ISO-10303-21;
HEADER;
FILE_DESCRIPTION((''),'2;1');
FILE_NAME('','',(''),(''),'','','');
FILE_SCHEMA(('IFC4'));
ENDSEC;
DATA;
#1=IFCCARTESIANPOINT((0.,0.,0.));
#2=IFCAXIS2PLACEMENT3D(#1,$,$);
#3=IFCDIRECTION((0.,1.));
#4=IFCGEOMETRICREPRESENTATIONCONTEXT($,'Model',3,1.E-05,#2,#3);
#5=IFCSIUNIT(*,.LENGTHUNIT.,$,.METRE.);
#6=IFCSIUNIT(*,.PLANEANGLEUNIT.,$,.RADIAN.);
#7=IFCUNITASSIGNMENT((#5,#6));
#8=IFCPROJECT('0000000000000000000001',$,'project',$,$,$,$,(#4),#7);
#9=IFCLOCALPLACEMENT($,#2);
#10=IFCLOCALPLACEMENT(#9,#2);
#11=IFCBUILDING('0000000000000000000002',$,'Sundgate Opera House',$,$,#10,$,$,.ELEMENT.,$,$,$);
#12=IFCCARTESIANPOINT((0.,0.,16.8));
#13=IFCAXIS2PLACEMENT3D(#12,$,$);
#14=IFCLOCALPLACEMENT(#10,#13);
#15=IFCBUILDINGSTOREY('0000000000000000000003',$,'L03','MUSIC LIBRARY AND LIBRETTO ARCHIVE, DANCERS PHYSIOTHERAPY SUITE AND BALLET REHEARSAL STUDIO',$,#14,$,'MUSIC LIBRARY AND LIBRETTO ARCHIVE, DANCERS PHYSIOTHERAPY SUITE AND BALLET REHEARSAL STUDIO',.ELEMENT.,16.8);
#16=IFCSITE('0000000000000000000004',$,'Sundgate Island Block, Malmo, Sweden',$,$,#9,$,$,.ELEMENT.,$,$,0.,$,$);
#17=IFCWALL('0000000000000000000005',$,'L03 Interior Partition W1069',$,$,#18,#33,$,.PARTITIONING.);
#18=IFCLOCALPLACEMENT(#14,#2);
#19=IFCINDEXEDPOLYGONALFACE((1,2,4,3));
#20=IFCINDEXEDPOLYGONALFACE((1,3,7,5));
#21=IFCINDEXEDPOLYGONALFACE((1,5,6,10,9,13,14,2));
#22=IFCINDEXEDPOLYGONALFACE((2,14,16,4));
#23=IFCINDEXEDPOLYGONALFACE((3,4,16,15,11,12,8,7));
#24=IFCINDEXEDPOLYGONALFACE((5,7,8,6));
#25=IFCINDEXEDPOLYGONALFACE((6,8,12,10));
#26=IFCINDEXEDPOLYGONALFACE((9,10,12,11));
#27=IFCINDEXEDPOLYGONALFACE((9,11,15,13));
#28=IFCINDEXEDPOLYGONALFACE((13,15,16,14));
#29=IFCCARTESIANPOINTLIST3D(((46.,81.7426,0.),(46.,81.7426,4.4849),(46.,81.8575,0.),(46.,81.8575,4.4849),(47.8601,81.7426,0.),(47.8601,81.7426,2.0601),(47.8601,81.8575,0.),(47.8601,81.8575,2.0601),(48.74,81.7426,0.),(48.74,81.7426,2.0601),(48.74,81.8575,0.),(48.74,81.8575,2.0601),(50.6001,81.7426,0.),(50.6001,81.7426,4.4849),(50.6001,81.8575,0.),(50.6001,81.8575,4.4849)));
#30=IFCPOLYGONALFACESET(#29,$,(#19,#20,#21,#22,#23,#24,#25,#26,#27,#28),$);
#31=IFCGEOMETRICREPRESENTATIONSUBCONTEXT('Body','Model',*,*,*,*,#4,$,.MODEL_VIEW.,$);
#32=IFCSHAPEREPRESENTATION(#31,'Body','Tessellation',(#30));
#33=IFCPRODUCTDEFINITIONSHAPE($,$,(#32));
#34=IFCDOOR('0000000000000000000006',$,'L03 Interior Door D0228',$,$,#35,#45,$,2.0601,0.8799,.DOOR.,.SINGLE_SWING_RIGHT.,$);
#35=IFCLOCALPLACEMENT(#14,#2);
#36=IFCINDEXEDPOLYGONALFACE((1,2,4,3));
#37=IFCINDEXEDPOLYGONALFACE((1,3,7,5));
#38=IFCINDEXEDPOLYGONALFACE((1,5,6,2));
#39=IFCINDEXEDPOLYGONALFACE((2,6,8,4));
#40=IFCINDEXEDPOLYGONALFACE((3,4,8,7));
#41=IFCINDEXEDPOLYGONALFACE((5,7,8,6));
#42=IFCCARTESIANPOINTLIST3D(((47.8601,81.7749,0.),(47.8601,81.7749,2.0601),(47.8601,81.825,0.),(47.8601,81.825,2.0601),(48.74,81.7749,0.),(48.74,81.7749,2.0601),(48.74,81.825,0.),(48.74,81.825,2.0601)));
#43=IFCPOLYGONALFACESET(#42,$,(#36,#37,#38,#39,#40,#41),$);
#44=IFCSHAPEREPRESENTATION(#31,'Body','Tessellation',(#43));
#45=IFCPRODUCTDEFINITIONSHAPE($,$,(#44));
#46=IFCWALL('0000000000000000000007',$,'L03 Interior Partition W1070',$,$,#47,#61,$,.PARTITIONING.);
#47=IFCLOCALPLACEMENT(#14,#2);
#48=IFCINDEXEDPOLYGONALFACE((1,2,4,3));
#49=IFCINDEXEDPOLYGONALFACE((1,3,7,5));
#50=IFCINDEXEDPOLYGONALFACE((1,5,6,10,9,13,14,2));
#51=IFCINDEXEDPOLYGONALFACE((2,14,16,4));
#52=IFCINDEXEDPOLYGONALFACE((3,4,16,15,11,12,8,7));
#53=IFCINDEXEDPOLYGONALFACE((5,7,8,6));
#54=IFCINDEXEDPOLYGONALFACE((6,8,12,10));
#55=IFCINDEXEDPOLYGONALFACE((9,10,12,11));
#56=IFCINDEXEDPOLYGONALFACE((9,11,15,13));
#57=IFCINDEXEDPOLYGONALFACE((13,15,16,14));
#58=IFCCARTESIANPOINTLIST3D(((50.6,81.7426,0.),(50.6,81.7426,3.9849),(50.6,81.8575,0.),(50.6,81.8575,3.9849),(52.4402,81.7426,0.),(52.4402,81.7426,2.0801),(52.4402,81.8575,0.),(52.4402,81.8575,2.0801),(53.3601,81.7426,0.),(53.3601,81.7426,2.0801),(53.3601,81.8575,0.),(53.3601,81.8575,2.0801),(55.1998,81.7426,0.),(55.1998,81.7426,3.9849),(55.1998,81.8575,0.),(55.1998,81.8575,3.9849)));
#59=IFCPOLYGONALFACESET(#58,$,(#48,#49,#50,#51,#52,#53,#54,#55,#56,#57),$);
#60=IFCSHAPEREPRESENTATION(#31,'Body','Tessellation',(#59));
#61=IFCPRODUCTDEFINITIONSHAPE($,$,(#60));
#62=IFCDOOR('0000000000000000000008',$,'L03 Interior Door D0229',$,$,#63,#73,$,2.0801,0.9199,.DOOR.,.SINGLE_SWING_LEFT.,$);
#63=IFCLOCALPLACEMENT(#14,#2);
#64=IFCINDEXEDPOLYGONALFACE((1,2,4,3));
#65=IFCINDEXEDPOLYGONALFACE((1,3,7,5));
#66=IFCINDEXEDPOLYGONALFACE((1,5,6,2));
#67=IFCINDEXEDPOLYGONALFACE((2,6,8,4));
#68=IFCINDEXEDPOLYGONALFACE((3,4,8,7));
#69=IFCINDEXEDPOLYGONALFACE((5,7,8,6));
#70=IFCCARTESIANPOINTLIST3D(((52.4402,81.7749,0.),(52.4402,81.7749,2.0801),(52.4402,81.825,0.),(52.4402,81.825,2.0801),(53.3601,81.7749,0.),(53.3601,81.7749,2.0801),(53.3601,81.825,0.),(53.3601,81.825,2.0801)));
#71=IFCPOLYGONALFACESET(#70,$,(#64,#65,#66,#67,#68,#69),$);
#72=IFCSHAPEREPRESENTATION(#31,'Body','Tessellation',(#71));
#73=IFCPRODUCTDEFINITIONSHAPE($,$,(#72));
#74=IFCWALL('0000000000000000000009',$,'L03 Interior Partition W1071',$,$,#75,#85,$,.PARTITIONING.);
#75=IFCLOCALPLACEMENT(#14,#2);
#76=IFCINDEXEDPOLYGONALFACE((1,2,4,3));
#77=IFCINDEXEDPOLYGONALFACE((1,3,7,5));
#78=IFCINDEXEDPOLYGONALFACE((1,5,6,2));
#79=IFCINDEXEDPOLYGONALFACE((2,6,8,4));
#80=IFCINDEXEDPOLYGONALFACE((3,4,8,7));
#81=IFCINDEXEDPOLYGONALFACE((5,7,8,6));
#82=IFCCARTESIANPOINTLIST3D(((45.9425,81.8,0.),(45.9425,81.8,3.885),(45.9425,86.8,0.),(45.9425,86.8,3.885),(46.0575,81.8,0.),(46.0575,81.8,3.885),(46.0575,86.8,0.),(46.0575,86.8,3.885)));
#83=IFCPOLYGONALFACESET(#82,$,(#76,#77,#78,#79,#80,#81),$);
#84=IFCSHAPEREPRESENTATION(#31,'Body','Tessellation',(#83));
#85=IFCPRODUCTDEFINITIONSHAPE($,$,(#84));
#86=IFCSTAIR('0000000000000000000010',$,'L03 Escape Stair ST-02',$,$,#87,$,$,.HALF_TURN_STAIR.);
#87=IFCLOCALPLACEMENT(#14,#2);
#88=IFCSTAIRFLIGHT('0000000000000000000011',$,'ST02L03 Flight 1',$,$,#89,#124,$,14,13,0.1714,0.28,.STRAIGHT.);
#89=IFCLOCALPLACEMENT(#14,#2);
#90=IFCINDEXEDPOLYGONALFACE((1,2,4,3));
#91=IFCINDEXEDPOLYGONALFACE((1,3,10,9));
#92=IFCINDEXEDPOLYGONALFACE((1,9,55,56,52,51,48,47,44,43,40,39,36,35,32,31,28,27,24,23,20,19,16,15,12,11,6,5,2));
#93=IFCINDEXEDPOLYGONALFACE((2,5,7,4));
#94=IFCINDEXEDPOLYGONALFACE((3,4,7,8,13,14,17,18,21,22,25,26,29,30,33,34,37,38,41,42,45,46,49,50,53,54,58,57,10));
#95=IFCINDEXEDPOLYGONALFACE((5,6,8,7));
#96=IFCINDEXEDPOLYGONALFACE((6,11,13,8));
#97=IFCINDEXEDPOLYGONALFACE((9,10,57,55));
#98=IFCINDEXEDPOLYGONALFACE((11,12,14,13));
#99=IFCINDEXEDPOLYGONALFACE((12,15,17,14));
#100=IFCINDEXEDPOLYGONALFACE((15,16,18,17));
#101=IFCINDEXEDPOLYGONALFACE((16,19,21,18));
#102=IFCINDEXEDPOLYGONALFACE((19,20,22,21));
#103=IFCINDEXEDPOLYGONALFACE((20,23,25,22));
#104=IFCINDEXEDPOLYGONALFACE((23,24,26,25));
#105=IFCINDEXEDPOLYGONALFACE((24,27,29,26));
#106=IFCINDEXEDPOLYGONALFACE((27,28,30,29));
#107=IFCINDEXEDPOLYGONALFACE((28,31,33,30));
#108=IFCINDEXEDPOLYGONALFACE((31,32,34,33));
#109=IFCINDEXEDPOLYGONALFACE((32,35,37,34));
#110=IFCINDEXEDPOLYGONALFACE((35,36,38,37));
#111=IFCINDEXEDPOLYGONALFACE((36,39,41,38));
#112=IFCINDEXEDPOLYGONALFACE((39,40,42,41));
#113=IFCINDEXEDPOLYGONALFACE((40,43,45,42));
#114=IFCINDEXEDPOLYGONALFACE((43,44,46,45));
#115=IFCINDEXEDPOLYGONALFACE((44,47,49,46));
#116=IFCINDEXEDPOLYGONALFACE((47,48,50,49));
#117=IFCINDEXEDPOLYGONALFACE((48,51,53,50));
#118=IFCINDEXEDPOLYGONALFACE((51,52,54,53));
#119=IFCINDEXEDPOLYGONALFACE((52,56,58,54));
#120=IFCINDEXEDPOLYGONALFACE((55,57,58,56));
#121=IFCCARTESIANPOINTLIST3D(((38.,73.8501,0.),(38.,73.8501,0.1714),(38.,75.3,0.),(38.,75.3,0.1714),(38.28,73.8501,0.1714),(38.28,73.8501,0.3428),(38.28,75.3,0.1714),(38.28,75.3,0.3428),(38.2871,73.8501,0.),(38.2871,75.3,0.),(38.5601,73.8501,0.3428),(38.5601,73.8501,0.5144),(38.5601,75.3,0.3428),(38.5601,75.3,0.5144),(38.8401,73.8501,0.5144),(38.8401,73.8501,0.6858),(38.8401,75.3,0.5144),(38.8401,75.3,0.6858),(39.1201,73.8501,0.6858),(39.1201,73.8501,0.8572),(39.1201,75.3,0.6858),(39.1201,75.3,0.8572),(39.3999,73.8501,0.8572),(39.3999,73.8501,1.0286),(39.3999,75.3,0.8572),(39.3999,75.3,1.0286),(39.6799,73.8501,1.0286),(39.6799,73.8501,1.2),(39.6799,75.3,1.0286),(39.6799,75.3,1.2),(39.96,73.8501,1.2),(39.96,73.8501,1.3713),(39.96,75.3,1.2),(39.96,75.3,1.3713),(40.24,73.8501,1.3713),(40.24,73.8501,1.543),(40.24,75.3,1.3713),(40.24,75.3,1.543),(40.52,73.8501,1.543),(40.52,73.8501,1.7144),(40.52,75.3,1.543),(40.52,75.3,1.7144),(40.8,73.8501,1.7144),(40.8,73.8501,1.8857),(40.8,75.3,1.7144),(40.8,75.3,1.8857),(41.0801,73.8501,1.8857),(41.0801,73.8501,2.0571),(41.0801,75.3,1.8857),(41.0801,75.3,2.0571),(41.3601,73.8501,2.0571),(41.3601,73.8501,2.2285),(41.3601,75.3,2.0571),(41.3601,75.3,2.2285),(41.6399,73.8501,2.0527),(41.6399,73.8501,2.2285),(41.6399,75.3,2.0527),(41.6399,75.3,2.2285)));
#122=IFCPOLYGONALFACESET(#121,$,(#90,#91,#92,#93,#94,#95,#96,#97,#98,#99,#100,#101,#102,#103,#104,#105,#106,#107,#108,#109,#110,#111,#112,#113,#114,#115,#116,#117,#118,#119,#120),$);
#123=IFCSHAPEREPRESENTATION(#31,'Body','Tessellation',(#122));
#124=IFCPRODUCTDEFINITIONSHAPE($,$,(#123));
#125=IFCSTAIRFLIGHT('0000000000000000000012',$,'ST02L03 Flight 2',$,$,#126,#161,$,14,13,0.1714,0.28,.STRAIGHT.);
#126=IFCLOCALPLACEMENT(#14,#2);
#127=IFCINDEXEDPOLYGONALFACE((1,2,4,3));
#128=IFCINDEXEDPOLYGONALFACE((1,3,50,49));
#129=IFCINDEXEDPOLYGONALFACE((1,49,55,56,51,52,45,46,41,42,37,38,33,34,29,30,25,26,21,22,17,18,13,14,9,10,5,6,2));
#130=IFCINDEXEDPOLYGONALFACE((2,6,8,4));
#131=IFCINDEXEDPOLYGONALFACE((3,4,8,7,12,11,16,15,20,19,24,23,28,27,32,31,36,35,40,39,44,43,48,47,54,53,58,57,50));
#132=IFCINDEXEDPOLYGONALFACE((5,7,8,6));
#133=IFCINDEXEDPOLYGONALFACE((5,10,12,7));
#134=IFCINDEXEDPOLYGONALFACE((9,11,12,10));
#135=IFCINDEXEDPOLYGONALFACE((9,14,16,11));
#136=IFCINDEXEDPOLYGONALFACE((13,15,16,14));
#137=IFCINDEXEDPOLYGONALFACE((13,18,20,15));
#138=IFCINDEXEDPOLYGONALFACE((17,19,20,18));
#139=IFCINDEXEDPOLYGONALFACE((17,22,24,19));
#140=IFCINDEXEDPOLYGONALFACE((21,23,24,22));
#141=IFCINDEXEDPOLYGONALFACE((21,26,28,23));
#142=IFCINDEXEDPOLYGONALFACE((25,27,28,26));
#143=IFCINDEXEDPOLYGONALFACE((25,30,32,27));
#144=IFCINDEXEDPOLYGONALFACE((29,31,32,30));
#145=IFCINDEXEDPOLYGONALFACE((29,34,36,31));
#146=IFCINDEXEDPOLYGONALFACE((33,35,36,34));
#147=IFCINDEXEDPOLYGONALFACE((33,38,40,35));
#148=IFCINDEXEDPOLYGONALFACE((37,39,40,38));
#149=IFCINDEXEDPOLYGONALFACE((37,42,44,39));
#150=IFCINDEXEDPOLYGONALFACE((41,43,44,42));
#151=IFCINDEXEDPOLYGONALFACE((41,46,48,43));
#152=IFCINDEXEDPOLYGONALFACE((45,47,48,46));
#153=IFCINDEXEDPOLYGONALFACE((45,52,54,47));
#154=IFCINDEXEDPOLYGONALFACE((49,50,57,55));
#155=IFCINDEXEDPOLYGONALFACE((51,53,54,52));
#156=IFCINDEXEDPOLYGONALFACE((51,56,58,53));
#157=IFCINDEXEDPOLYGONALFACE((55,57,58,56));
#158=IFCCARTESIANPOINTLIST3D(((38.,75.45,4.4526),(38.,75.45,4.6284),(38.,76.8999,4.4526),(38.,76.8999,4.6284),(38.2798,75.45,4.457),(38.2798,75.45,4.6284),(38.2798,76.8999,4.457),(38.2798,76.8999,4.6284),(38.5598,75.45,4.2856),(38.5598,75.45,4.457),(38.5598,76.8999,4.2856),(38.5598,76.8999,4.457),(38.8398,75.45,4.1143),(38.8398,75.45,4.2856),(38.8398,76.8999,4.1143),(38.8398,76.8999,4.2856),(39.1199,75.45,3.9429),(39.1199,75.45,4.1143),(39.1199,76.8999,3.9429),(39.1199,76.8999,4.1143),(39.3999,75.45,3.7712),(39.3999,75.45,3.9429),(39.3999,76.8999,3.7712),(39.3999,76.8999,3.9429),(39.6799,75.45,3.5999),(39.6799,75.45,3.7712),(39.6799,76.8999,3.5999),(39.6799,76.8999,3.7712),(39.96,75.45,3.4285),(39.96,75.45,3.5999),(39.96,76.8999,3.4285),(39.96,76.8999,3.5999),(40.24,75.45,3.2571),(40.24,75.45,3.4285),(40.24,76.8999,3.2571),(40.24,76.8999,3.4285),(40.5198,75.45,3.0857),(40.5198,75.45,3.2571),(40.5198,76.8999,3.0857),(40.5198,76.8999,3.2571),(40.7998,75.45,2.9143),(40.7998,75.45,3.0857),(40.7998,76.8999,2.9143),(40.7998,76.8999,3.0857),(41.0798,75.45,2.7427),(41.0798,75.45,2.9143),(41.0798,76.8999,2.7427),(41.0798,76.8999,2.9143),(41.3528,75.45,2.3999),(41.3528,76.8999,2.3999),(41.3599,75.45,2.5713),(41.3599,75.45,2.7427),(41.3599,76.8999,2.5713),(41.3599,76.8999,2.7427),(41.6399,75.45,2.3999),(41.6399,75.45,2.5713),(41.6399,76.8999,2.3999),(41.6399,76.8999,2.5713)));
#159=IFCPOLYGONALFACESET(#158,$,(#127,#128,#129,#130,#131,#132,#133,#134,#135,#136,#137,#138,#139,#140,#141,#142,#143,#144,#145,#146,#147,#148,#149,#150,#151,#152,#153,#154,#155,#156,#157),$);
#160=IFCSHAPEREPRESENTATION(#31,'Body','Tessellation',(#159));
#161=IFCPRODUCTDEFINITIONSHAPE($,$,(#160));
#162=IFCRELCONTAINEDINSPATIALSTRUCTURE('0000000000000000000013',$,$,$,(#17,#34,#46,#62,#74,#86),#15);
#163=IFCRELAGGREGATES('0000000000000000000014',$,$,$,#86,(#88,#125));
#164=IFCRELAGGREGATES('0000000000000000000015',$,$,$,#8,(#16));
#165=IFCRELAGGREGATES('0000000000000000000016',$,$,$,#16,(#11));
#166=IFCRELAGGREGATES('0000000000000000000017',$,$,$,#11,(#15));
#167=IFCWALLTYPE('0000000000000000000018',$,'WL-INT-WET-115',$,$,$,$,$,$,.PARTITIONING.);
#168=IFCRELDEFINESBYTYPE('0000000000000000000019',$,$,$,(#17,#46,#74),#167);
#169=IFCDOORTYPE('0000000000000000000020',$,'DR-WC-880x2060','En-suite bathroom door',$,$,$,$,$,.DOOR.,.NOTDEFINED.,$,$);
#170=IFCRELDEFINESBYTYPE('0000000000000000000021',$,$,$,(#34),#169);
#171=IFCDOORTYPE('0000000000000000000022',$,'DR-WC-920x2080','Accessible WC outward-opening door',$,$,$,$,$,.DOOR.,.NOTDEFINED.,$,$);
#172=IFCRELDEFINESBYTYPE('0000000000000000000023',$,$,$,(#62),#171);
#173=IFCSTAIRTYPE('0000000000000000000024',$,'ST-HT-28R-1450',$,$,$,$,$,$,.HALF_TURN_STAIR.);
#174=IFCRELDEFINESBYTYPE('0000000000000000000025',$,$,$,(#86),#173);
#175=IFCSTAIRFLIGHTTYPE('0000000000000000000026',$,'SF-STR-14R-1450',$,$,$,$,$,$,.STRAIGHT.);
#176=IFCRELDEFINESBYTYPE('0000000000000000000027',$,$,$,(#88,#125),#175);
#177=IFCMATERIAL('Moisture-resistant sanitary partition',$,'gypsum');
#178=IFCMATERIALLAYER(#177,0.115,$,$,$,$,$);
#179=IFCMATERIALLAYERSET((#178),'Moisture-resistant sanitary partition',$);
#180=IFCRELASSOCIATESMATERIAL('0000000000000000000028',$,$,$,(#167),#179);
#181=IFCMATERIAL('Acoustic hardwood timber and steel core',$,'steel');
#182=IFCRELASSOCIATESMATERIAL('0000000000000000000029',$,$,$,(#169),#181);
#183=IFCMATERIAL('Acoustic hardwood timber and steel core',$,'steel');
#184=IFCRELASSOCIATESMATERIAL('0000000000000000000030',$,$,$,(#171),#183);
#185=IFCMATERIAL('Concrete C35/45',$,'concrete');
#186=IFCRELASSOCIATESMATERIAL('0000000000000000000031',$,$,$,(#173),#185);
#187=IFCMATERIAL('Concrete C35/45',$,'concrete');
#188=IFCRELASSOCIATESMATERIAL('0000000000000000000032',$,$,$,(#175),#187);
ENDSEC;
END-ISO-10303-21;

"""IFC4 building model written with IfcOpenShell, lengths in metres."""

from ifc_helpers import new_model, si_unit, direction, frame, frame_2d, origin, place, context, subcontext, project, spatial, polyline, rectangle, outline, extrude, material, layer, layer_set, type_object, element, fill, aggregate, save


model = new_model("IFC4")

# Units and contexts
model_context = context("Model", 3, precision=1e-05, world=origin(), true_north=direction((0.0, 1.0)))
body_context = subcontext(model_context, "Body", "Model", "MODEL_VIEW")
ifc_project = project(units=[si_unit("LENGTHUNIT", "METRE"), si_unit("PLANEANGLEUNIT", "RADIAN")], contexts=[model_context])

# Site, building, storey
site_placement = place(None, origin())
site = spatial("IfcSite", under=ifc_project, at=site_placement, Name="Sundgate Island Block, Malmo, Sweden", CompositionType="ELEMENT", RefElevation=0.0)
building_placement = place(site_placement, origin())
building = spatial("IfcBuilding", under=site, at=building_placement, Name="Sundgate Opera House", CompositionType="ELEMENT")
storey_placement = place(building_placement, frame((0.0, 0.0, 16.8)))
storey = spatial("IfcBuildingStorey", under=building, at=storey_placement, Name="L03", Description="MUSIC LIBRARY AND LIBRETTO ARCHIVE, DANCERS PHYSIOTHERAPY SUITE AND BALLET REHEARSAL STUDIO", LongName="MUSIC LIBRARY AND LIBRETTO ARCHIVE, DANCERS PHYSIOTHERAPY SUITE AND BALLET REHEARSAL STUDIO", CompositionType="ELEMENT", Elevation=16.8)

# Walls, openings, doors
ifc_material_1 = material(Name="Moisture-resistant sanitary partition", Category="gypsum")
ifc_layer_1 = layer(ifc_material_1, 0.115)
ifc_layer_set_1 = layer_set([ifc_layer_1], Name="Moisture-resistant sanitary partition")
wall_type_1 = type_object("IfcWallType", Name="WL-INT-WET-115", PredefinedType="PARTITIONING", material=ifc_layer_set_1)
wall_1_placement = place(storey_placement, frame((46.0, 81.8, 0.0), z_axis=(0.0, 0.0, 1.0), x_axis=(1.0, 0.0, 0.0)))
wall_1 = element("IfcWall", 1, at=wall_1_placement, inside=storey, type_object=wall_type_1, Name="L03 Interior Partition W1069", PredefinedType="PARTITIONING", context=body_context, shape_type="SweptSolid", body=[
    extrude(rectangle(XDim=4.6001, YDim=0.115, at=frame_2d((2.3, 0.0))), origin(), (0.0, 0.0, 1.0), 4.4849),
])
opening_1_placement = place(wall_1_placement, frame((1.8601, 0.0, 0.0)))
opening_1 = element("IfcOpeningElement", 2, at=opening_1_placement, cuts=wall_1, PredefinedType="OPENING", context=body_context, shape_type="SweptSolid", body=[
    extrude(rectangle(XDim=0.8799, YDim=2.0601, at=frame_2d((0.4399, 1.03))), frame((0.0, 0.0674, 0.0), z_axis=(0.0, -1.0, 0.0), x_axis=(1.0, 0.0, 0.0)), (0.0, 0.0, 1.0), 0.135),
])
ifc_material_2 = material(Name="Acoustic hardwood timber and steel core", Category="steel")
door_type_1 = type_object("IfcDoorType", Name="DR-WC-880x2060", Description="En-suite bathroom door", OperationType="NOTDEFINED", PredefinedType="DOOR", material=ifc_material_2)
door_1_placement = place(opening_1_placement, origin())
door_1 = element("IfcDoor", 3, at=door_1_placement, inside=storey, type_object=door_type_1, Name="L03 Interior Door D0228", OperationType="SINGLE_SWING_RIGHT", OverallHeight=2.0601, OverallWidth=0.8799, PredefinedType="DOOR", context=body_context, shape_type="SweptSolid", body=[
    extrude(rectangle(XDim=0.8799, YDim=2.0601, at=frame_2d((0.4399, 1.03))), frame((0.0, 0.0249, 0.0), z_axis=(0.0, -1.0, 0.0), x_axis=(1.0, 0.0, 0.0)), (0.0, 0.0, 1.0), 0.05),
])
fill(opening_1, door_1)
wall_2_placement = place(storey_placement, frame((50.6001, 81.8, 0.0), z_axis=(0.0, 0.0, 1.0), x_axis=(1.0, 0.0, 0.0)))
wall_2 = element("IfcWall", 4, at=wall_2_placement, inside=storey, type_object=wall_type_1, Name="L03 Interior Partition W1070", PredefinedType="PARTITIONING", context=body_context, shape_type="SweptSolid", body=[
    extrude(rectangle(XDim=4.5999, YDim=0.115, at=frame_2d((2.2998, 0.0))), origin(), (0.0, 0.0, 1.0), 3.9849),
])
opening_2_placement = place(wall_2_placement, frame((1.8401, 0.0, 0.0)))
opening_2 = element("IfcOpeningElement", 5, at=opening_2_placement, cuts=wall_2, PredefinedType="OPENING", context=body_context, shape_type="SweptSolid", body=[
    extrude(rectangle(XDim=0.9199, YDim=2.0801, at=frame_2d((0.46, 1.04))), frame((0.0, 0.0674, 0.0), z_axis=(0.0, -1.0, 0.0), x_axis=(1.0, 0.0, 0.0)), (0.0, 0.0, 1.0), 0.135),
])
ifc_material_3 = material(Name="Acoustic hardwood timber and steel core", Category="steel")
door_type_2 = type_object("IfcDoorType", Name="DR-WC-920x2080", Description="Accessible WC outward-opening door", OperationType="NOTDEFINED", PredefinedType="DOOR", material=ifc_material_3)
door_2_placement = place(opening_2_placement, origin())
door_2 = element("IfcDoor", 6, at=door_2_placement, inside=storey, type_object=door_type_2, Name="L03 Interior Door D0229", OperationType="SINGLE_SWING_LEFT", OverallHeight=2.0801, OverallWidth=0.9199, PredefinedType="DOOR", context=body_context, shape_type="SweptSolid", body=[
    extrude(rectangle(XDim=0.9199, YDim=2.0801, at=frame_2d((0.46, 1.04))), frame((0.0, 0.0249, 0.0), z_axis=(0.0, -1.0, 0.0), x_axis=(1.0, 0.0, 0.0)), (0.0, 0.0, 1.0), 0.05),
])
fill(opening_2, door_2)

# Wall
wall_3_placement = place(storey_placement, frame((46.0, 81.8, 0.0), z_axis=(0.0, 0.0, 1.0), x_axis=(0.0, 1.0, 0.0)))
element("IfcWall", 7, at=wall_3_placement, inside=storey, type_object=wall_type_1, Name="L03 Interior Partition W1071", PredefinedType="PARTITIONING", context=body_context, shape_type="SweptSolid", body=[
    extrude(rectangle(XDim=5.0, YDim=0.115, at=frame_2d((2.5, 0.0))), origin(), (0.0, 0.0, 1.0), 3.885),
])

# Stair, stair flights
ifc_material_4 = material(Name="Concrete C35/45", Category="concrete")
stair_type = type_object("IfcStairType", Name="ST-HT-28R-1450", PredefinedType="HALF_TURN_STAIR", material=ifc_material_4)
stair_1_placement = place(storey_placement, origin())
stair_1 = element("IfcStair", 8, at=stair_1_placement, inside=storey, type_object=stair_type, Name="L03 Escape Stair ST-02", PredefinedType="HALF_TURN_STAIR")
ifc_material_5 = material(Name="Concrete C35/45", Category="concrete")
stair_flight_type = type_object("IfcStairFlightType", Name="SF-STR-14R-1450", PredefinedType="STRAIGHT", material=ifc_material_5)
stair_flight_1_placement = place(storey_placement, frame((38.0, 74.575, 0.0), z_axis=(0.0, 0.0, 1.0), x_axis=(1.0, 0.0, 0.0)))
stair_flight_1 = element("IfcStairFlight", 9, at=stair_flight_1_placement, type_object=stair_flight_type, Name="ST02L03 Flight 1", NumberOfRisers=14, NumberOfTreads=13, PredefinedType="STRAIGHT", RiserHeight=0.1714, TreadLength=0.28, context=body_context, shape_type="SweptSolid", body=[
    extrude(outline(polyline([(0.0, 0.0), (0.0, 0.1714), (0.28, 0.1714), (0.28, 0.3428), (0.5601, 0.3428), (0.5601, 0.5144), (0.8401, 0.5144), (0.8401, 0.6858), (1.1201, 0.6858), (1.1201, 0.8572), (1.3999, 0.8572), (1.3999, 1.0286), (1.6799, 1.0286), (1.6799, 1.2), (1.96, 1.2), (1.96, 1.3713), (2.24, 1.3713), (2.24, 1.543), (2.52, 1.543), (2.52, 1.7144), (2.8, 1.7144), (2.8, 1.8857), (3.0801, 1.8857), (3.0801, 2.0571), (3.3601, 2.0571), (3.3601, 2.2285), (3.6399, 2.2285), (3.6399, 2.3999), (3.6399, 2.0527), (0.2871, 0.0), (0.0, 0.0)])), frame((0.0, 0.7251, 0.0), z_axis=(0.0, -1.0, 0.0), x_axis=(1.0, 0.0, 0.0)), (0.0, 0.0, 1.0), 1.45),
])
stair_flight_2_placement = place(storey_placement, frame((41.6399, 76.175, 2.3999), z_axis=(0.0, 0.0, 1.0), x_axis=(-1.0, 0.0, 0.0)))
stair_flight_2 = element("IfcStairFlight", 10, at=stair_flight_2_placement, type_object=stair_flight_type, Name="ST02L03 Flight 2", NumberOfRisers=14, NumberOfTreads=13, PredefinedType="STRAIGHT", RiserHeight=0.1714, TreadLength=0.28, context=body_context, shape_type="SweptSolid", body=[
    extrude(outline(polyline([(0.0, 0.0), (0.0, 0.1714), (0.28, 0.1714), (0.28, 0.3428), (0.5601, 0.3428), (0.5601, 0.5144), (0.8401, 0.5144), (0.8401, 0.6858), (1.1201, 0.6858), (1.1201, 0.8572), (1.3999, 0.8572), (1.3999, 1.0286), (1.6799, 1.0286), (1.6799, 1.2), (1.96, 1.2), (1.96, 1.3713), (2.24, 1.3713), (2.24, 1.543), (2.52, 1.543), (2.52, 1.7144), (2.8, 1.7144), (2.8, 1.8857), (3.0801, 1.8857), (3.0801, 2.0571), (3.3601, 2.0571), (3.3601, 2.2285), (3.6399, 2.2285), (3.6399, 2.3999), (3.6399, 2.0527), (0.2871, 0.0), (0.0, 0.0)])), frame((0.0, 0.7251, 0.0), z_axis=(0.0, -1.0, 0.0), x_axis=(1.0, 0.0, 0.0)), (0.0, 0.0, 1.0), 1.45),
])
aggregate(stair_1, [stair_flight_1, stair_flight_2])

save(model, "model.ifc")
